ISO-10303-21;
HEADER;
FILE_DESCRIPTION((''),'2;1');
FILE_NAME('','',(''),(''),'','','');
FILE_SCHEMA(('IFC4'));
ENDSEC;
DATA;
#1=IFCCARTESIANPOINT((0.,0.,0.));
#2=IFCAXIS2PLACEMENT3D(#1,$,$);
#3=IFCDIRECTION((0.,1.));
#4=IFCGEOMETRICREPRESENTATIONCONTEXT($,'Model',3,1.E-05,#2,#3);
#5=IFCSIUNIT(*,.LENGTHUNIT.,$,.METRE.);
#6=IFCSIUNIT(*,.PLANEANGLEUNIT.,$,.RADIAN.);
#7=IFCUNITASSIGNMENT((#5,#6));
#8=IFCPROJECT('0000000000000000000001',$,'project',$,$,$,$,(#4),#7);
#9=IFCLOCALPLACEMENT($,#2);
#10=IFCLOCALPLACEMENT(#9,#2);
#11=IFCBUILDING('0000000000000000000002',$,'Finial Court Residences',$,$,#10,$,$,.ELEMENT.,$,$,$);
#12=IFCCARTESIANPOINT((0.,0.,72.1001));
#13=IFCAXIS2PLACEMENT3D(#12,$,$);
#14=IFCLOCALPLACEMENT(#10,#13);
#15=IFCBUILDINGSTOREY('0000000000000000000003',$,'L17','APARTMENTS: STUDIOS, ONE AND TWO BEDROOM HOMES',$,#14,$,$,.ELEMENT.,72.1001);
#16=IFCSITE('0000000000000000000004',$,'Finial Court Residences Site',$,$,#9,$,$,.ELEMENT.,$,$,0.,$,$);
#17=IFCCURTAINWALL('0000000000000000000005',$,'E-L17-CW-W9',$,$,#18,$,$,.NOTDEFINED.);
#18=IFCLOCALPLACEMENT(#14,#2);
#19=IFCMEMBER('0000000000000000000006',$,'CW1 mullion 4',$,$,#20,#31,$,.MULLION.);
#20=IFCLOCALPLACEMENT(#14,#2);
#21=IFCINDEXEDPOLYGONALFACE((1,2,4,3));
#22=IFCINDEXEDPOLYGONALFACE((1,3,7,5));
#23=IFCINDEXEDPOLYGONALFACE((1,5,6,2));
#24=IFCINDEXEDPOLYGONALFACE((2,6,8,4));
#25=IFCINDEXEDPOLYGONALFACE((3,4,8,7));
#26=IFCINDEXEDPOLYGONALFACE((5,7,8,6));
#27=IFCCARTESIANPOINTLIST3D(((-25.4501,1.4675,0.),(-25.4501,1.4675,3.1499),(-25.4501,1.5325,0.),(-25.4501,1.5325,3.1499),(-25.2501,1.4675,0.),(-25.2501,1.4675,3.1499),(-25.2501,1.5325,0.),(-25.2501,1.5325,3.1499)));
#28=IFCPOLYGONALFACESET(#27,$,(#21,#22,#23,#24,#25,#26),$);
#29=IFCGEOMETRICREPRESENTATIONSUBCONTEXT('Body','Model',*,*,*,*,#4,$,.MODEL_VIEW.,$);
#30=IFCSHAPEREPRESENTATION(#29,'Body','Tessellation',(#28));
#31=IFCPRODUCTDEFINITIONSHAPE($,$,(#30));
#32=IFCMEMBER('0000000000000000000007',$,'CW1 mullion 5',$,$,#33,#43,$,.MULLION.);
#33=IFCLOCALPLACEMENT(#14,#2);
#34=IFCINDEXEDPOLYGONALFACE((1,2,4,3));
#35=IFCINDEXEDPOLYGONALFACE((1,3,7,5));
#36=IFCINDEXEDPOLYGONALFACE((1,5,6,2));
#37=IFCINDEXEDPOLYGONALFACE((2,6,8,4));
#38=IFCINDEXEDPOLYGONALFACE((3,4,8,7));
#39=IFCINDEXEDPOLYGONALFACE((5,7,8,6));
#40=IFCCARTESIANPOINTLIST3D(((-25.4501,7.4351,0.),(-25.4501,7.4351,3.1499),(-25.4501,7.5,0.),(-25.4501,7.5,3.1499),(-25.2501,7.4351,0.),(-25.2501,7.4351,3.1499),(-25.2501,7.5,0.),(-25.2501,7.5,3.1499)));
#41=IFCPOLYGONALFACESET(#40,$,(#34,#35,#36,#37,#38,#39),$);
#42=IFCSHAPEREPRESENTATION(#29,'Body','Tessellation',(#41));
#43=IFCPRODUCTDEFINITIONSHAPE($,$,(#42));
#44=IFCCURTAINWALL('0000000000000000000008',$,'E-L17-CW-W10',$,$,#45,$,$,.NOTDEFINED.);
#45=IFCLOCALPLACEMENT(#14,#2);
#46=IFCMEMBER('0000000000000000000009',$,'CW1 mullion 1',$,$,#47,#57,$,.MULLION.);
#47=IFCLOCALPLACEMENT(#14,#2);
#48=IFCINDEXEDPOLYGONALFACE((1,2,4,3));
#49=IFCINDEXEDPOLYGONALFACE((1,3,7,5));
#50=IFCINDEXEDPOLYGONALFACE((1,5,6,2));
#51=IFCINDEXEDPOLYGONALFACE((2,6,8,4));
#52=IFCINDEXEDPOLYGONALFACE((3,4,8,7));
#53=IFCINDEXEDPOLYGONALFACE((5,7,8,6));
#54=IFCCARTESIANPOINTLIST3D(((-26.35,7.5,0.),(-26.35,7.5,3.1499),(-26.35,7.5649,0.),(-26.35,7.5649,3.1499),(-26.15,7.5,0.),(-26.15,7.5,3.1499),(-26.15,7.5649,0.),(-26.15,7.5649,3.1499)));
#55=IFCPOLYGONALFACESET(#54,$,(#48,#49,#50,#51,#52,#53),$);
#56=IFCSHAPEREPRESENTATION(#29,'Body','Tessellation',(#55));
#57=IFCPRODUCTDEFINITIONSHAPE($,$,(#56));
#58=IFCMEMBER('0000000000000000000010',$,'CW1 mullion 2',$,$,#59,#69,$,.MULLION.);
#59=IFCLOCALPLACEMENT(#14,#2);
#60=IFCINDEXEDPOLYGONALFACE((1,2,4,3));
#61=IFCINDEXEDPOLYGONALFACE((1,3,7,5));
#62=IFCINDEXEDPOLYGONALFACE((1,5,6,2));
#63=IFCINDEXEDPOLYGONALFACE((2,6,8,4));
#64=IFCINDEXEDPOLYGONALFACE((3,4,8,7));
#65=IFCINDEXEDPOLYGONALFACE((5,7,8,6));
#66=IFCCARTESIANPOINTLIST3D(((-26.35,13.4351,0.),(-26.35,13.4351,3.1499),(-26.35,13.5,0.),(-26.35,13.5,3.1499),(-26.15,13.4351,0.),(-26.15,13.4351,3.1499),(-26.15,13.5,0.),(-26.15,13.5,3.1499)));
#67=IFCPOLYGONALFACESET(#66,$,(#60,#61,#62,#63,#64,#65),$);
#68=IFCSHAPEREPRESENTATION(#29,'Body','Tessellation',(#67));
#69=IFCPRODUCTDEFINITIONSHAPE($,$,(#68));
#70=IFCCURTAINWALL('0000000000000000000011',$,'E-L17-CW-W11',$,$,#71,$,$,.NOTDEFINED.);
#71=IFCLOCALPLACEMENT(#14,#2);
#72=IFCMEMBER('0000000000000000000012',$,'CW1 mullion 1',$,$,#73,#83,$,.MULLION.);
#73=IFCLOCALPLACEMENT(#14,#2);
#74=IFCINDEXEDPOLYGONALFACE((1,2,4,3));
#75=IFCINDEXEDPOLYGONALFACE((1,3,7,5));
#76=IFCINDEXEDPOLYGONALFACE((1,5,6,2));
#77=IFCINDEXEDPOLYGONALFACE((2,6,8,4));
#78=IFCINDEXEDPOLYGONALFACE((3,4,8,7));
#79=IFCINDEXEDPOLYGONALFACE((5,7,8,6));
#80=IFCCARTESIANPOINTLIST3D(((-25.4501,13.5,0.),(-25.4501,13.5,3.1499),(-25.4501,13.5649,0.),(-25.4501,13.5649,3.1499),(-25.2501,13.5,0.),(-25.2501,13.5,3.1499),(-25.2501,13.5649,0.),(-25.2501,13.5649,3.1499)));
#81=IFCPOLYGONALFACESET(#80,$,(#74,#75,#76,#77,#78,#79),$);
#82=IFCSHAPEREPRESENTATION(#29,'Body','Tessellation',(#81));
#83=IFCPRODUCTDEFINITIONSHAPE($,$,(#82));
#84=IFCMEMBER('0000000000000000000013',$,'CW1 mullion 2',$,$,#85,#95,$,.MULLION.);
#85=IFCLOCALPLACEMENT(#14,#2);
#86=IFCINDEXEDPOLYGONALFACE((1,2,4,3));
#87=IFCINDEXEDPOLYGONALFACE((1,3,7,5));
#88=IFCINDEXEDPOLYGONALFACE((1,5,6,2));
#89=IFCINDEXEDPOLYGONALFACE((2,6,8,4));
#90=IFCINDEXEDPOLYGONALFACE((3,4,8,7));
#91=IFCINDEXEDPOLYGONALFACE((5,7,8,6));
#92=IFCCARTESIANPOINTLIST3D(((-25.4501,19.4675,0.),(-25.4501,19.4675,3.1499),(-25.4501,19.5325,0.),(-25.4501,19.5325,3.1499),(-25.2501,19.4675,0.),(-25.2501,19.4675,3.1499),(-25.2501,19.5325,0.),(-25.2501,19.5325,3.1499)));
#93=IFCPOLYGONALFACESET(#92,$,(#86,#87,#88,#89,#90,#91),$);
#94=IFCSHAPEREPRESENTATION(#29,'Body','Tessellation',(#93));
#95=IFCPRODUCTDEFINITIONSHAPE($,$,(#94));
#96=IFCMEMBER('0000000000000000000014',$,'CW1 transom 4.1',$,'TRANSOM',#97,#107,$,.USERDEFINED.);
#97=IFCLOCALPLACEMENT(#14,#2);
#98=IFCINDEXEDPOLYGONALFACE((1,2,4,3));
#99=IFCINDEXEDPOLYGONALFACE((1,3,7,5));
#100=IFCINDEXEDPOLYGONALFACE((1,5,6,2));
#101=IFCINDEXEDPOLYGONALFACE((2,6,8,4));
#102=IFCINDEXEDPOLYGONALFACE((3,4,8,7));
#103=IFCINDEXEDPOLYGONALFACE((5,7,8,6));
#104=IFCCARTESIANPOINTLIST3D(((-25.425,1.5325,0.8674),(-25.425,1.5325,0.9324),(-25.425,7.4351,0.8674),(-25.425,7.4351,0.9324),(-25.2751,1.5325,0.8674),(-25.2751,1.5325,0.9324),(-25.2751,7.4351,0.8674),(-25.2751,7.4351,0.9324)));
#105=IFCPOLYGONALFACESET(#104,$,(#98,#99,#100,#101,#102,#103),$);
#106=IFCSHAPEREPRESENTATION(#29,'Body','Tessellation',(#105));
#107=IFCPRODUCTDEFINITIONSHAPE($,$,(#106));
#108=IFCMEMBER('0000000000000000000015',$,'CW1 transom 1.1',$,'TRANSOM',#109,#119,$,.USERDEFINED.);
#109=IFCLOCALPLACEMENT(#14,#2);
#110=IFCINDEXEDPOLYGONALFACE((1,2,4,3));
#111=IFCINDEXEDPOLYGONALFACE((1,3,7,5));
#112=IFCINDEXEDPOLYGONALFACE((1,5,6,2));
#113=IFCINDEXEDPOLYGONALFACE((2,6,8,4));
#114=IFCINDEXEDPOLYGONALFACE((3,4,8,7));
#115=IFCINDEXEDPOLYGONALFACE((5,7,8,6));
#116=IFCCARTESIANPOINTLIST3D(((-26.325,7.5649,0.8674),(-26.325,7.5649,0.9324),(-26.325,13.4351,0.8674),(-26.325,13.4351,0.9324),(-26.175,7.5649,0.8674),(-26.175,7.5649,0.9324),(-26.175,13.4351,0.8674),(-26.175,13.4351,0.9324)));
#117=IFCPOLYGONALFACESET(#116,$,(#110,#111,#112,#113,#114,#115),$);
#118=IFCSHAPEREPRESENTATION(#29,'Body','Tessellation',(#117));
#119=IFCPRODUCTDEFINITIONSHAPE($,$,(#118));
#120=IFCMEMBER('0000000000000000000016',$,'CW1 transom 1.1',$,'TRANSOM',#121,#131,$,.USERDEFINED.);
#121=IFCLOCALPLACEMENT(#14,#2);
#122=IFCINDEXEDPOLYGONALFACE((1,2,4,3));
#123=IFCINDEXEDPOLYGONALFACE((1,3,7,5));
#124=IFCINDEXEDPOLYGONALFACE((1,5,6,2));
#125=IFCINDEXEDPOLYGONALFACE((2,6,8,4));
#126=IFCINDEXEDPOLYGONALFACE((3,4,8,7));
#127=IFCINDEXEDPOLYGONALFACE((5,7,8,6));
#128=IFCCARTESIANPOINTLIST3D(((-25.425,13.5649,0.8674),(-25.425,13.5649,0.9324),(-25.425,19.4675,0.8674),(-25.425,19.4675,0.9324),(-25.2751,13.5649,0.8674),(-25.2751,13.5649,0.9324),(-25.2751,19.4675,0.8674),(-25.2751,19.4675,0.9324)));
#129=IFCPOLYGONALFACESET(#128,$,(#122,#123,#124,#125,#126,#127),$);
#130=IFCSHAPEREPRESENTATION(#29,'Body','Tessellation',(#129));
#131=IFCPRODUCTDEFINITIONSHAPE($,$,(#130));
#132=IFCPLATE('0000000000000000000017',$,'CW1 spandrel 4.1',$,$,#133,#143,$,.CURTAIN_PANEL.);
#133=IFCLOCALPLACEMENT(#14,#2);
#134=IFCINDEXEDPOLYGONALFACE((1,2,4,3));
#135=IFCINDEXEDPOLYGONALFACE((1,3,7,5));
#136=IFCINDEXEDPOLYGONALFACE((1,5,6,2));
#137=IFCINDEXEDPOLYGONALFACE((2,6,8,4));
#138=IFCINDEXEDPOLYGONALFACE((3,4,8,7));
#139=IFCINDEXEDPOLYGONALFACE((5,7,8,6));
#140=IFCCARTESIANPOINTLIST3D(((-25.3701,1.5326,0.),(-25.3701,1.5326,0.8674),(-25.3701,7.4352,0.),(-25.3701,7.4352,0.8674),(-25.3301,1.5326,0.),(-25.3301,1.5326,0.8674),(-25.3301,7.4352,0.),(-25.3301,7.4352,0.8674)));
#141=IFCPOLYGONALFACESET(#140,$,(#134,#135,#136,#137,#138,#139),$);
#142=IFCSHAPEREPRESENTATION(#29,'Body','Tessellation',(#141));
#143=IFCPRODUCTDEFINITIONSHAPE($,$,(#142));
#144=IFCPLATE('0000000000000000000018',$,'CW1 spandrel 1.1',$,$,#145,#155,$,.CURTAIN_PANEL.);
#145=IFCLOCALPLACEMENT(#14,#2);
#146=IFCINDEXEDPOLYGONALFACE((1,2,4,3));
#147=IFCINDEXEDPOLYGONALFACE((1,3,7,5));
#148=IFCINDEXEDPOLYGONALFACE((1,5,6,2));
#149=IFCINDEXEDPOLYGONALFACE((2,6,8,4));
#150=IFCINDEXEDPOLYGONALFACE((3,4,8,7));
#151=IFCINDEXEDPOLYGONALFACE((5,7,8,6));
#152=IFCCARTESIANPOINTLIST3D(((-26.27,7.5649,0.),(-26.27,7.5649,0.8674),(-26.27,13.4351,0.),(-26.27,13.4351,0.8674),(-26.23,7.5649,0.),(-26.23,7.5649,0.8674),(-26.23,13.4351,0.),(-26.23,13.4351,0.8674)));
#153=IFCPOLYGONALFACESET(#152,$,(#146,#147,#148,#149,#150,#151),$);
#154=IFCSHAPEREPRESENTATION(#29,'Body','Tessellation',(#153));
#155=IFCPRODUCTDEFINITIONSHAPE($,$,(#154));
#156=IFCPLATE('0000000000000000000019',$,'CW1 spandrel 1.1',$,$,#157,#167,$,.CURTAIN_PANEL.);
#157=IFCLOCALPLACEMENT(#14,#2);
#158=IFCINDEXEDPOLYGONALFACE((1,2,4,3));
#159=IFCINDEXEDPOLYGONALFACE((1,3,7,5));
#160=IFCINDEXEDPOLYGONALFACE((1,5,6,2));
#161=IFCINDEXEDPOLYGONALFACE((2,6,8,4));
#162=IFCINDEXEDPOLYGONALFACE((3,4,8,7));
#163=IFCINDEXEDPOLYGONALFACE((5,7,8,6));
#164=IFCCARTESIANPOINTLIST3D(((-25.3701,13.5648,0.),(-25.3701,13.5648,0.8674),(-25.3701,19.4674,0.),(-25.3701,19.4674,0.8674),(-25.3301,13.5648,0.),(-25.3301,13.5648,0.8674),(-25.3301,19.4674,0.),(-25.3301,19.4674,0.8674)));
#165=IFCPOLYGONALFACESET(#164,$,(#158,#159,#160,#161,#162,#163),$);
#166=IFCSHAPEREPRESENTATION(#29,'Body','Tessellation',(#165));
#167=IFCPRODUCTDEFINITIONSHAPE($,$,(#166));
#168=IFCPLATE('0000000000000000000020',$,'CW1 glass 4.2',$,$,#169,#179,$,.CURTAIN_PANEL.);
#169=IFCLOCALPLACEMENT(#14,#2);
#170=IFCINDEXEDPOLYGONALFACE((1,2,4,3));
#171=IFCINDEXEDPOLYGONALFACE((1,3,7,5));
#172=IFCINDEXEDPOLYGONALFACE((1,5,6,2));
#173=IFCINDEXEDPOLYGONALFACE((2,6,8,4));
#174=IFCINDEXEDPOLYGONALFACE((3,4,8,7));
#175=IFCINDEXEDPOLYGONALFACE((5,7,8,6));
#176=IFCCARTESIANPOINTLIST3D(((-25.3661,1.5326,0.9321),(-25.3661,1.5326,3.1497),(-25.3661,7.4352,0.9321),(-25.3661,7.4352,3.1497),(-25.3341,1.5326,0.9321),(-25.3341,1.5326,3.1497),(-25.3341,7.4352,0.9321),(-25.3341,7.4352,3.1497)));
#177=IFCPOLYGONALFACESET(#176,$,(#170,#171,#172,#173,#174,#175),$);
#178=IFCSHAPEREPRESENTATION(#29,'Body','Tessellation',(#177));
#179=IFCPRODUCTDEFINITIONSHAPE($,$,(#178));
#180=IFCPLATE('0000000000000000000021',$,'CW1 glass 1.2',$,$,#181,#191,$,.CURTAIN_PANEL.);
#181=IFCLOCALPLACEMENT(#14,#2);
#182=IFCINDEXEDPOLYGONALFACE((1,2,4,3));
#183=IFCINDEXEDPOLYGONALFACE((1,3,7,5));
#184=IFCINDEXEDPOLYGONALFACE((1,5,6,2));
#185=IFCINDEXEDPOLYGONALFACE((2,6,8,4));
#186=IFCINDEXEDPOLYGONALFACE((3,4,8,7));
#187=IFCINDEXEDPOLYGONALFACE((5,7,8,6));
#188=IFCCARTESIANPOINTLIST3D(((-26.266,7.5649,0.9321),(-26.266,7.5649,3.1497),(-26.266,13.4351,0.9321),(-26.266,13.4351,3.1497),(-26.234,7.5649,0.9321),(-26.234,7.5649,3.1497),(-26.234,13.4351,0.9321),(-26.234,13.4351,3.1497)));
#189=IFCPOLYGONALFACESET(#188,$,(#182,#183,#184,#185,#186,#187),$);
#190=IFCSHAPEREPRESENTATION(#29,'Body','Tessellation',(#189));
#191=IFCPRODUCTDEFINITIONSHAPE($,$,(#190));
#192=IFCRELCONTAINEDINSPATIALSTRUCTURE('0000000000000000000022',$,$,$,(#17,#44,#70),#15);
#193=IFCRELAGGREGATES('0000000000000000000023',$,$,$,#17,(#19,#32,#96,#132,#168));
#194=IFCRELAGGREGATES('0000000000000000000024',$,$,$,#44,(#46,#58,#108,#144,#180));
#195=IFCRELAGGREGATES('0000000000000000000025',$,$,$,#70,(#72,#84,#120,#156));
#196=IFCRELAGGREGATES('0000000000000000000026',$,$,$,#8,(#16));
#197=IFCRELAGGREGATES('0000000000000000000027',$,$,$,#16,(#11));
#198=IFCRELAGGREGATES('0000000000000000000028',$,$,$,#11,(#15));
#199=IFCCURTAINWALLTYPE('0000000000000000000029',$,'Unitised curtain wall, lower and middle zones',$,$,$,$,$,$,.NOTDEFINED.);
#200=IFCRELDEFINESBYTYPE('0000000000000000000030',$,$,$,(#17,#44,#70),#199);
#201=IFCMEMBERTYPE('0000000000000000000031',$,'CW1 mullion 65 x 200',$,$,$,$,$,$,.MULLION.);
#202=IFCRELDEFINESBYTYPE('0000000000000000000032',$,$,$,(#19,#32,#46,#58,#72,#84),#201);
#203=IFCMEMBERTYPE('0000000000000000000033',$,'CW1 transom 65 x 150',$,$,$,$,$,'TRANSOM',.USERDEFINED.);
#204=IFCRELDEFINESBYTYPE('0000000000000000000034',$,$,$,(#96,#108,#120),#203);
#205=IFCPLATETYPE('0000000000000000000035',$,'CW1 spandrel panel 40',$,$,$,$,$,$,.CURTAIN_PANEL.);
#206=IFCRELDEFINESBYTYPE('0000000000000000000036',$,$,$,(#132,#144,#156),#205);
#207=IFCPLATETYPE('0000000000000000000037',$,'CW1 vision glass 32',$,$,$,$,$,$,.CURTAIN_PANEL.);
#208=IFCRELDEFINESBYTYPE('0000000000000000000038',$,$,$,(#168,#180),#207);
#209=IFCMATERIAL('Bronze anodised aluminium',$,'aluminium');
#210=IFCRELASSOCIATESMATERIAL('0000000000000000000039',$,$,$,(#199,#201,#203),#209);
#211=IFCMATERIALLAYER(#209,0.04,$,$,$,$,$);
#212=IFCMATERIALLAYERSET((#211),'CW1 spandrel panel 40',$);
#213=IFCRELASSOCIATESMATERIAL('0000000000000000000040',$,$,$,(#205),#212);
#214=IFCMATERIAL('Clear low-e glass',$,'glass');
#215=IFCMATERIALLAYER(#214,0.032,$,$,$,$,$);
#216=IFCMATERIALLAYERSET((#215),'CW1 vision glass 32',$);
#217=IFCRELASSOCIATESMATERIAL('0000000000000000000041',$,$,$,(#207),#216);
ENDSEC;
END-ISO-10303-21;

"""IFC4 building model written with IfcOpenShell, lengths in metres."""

from ifc_helpers import new_model, si_unit, direction, frame, origin, origin_2d, place, context, subcontext, project, spatial, rectangle, extrude, material, layer, layer_set, material_profile, profile_set, type_object, element, aggregate, save


model = new_model("IFC4")

# Units and contexts
model_context = context("Model", 3, precision=1e-05, world=origin(), true_north=direction((0.0, 1.0)))
body_context = subcontext(model_context, "Body", "Model", "MODEL_VIEW")
ifc_project = project(units=[si_unit("LENGTHUNIT", "METRE"), si_unit("PLANEANGLEUNIT", "RADIAN")], contexts=[model_context])

# Site, building, storey
site_placement = place(None, origin())
site = spatial("IfcSite", under=ifc_project, at=site_placement, Name="Finial Court Residences Site", CompositionType="ELEMENT", RefElevation=0.0)
building_placement = place(site_placement, origin())
building = spatial("IfcBuilding", under=site, at=building_placement, Name="Finial Court Residences", CompositionType="ELEMENT")
storey_placement = place(building_placement, frame((0.0, 0.0, 72.1001)))
storey = spatial("IfcBuildingStorey", under=building, at=storey_placement, Name="L17", Description="APARTMENTS: STUDIOS, ONE AND TWO BEDROOM HOMES", CompositionType="ELEMENT", Elevation=72.1001)

# Curtain walls, members
ifc_material_1 = material(Name="Bronze anodised aluminium", Category="aluminium")
curtain_wall_type = type_object("IfcCurtainWallType", Name="Unitised curtain wall, lower and middle zones", PredefinedType="NOTDEFINED", material=ifc_material_1)
curtain_wall_1_placement = place(storey_placement, origin())
curtain_wall_1 = element("IfcCurtainWall", 1, at=curtain_wall_1_placement, inside=storey, type_object=curtain_wall_type, Name="E-L17-CW-W9", PredefinedType="NOTDEFINED")
ifc_material_profile_1 = material_profile(ifc_material_1, rectangle(XDim=0.2, YDim=0.0649, at=origin_2d()), Name="CW1 mullion 65 x 200")
ifc_profile_set_1 = profile_set([ifc_material_profile_1], Name="Bronze anodised aluminium")
member_type_1 = type_object("IfcMemberType", Name="CW1 mullion 65 x 200", PredefinedType="MULLION", material=ifc_profile_set_1)
member_1_placement = place(storey_placement, frame((-25.3501, 1.5, 0.0), z_axis=(0.0, 0.0, 1.0), x_axis=(-1.0, 0.0, 0.0)))
member_1 = element("IfcMember", 2, at=member_1_placement, type_object=member_type_1, Name="CW1 mullion 4", PredefinedType="MULLION", context=body_context, shape_type="SweptSolid", body=[
    extrude(rectangle(XDim=0.2, YDim=0.0649, at=origin_2d()), origin(), (0.0, 0.0, 1.0), 3.1499),
])
member_2_placement = place(storey_placement, frame((-25.3501, 7.4675, 0.0), z_axis=(0.0, 0.0, 1.0), x_axis=(-1.0, 0.0, 0.0)))
member_2 = element("IfcMember", 3, at=member_2_placement, type_object=member_type_1, Name="CW1 mullion 5", PredefinedType="MULLION", context=body_context, shape_type="SweptSolid", body=[
    extrude(rectangle(XDim=0.2, YDim=0.0649, at=origin_2d()), origin(), (0.0, 0.0, 1.0), 3.1499),
])
curtain_wall_2_placement = place(storey_placement, origin())
curtain_wall_2 = element("IfcCurtainWall", 4, at=curtain_wall_2_placement, inside=storey, type_object=curtain_wall_type, Name="E-L17-CW-W10", PredefinedType="NOTDEFINED")
member_3_placement = place(storey_placement, frame((-26.25, 7.5325, 0.0), z_axis=(0.0, 0.0, 1.0), x_axis=(-1.0, 0.0, 0.0)))
member_3 = element("IfcMember", 5, at=member_3_placement, type_object=member_type_1, Name="CW1 mullion 1", PredefinedType="MULLION", context=body_context, shape_type="SweptSolid", body=[
    extrude(rectangle(XDim=0.2, YDim=0.0649, at=origin_2d()), origin(), (0.0, 0.0, 1.0), 3.1499),
])
member_4_placement = place(storey_placement, frame((-26.25, 13.4675, 0.0), z_axis=(0.0, 0.0, 1.0), x_axis=(-1.0, 0.0, 0.0)))
member_4 = element("IfcMember", 6, at=member_4_placement, type_object=member_type_1, Name="CW1 mullion 2", PredefinedType="MULLION", context=body_context, shape_type="SweptSolid", body=[
    extrude(rectangle(XDim=0.2, YDim=0.0649, at=origin_2d()), origin(), (0.0, 0.0, 1.0), 3.1499),
])
curtain_wall_3_placement = place(storey_placement, origin())
curtain_wall_3 = element("IfcCurtainWall", 7, at=curtain_wall_3_placement, inside=storey, type_object=curtain_wall_type, Name="E-L17-CW-W11", PredefinedType="NOTDEFINED")
member_5_placement = place(storey_placement, frame((-25.3501, 13.5325, 0.0), z_axis=(0.0, 0.0, 1.0), x_axis=(-1.0, 0.0, 0.0)))
member_5 = element("IfcMember", 8, at=member_5_placement, type_object=member_type_1, Name="CW1 mullion 1", PredefinedType="MULLION", context=body_context, shape_type="SweptSolid", body=[
    extrude(rectangle(XDim=0.2, YDim=0.0649, at=origin_2d()), origin(), (0.0, 0.0, 1.0), 3.1499),
])
member_6_placement = place(storey_placement, frame((-25.3501, 19.5, 0.0), z_axis=(0.0, 0.0, 1.0), x_axis=(-1.0, 0.0, 0.0)))
member_6 = element("IfcMember", 9, at=member_6_placement, type_object=member_type_1, Name="CW1 mullion 2", PredefinedType="MULLION", context=body_context, shape_type="SweptSolid", body=[
    extrude(rectangle(XDim=0.2, YDim=0.0649, at=origin_2d()), origin(), (0.0, 0.0, 1.0), 3.1499),
])

# Members
ifc_material_profile_2 = material_profile(ifc_material_1, rectangle(XDim=0.1499, YDim=0.0649, at=origin_2d()), Name="CW1 transom 65 x 150")
ifc_profile_set_2 = profile_set([ifc_material_profile_2], Name="Bronze anodised aluminium")
member_type_2 = type_object("IfcMemberType", Name="CW1 transom 65 x 150", ElementType="TRANSOM", PredefinedType="USERDEFINED", material=ifc_profile_set_2)
member_7_placement = place(storey_placement, frame((-25.3501, 1.5325, 0.8999), z_axis=(0.0, 1.0, 0.0), x_axis=(-1.0, 0.0, 0.0)))
member_7 = element("IfcMember", 10, at=member_7_placement, type_object=member_type_2, Name="CW1 transom 4.1", ObjectType="TRANSOM", PredefinedType="USERDEFINED", context=body_context, shape_type="SweptSolid", body=[
    extrude(rectangle(XDim=0.1499, YDim=0.0649, at=origin_2d()), origin(), (0.0, 0.0, 1.0), 5.9026),
])
member_8_placement = place(storey_placement, frame((-26.25, 7.5649, 0.8999), z_axis=(0.0, 1.0, 0.0), x_axis=(-1.0, 0.0, 0.0)))
member_8 = element("IfcMember", 11, at=member_8_placement, type_object=member_type_2, Name="CW1 transom 1.1", ObjectType="TRANSOM", PredefinedType="USERDEFINED", context=body_context, shape_type="SweptSolid", body=[
    extrude(rectangle(XDim=0.1499, YDim=0.0649, at=origin_2d()), origin(), (0.0, 0.0, 1.0), 5.8701),
])
member_9_placement = place(storey_placement, frame((-25.3501, 13.5649, 0.8999), z_axis=(0.0, 1.0, 0.0), x_axis=(-1.0, 0.0, 0.0)))
member_9 = element("IfcMember", 12, at=member_9_placement, type_object=member_type_2, Name="CW1 transom 1.1", ObjectType="TRANSOM", PredefinedType="USERDEFINED", context=body_context, shape_type="SweptSolid", body=[
    extrude(rectangle(XDim=0.1499, YDim=0.0649, at=origin_2d()), origin(), (0.0, 0.0, 1.0), 5.9026),
])

# Plates
ifc_layer_1 = layer(ifc_material_1, 0.04)
ifc_layer_set_1 = layer_set([ifc_layer_1], Name="CW1 spandrel panel 40")
plate_type_1 = type_object("IfcPlateType", Name="CW1 spandrel panel 40", PredefinedType="CURTAIN_PANEL", material=ifc_layer_set_1)
plate_1_placement = place(storey_placement, frame((-25.3501, 4.4839, 0.0), z_axis=(0.0, 0.0, 1.0), x_axis=(0.0, 1.0, 0.0)))
plate_1 = element("IfcPlate", 13, at=plate_1_placement, type_object=plate_type_1, Name="CW1 spandrel 4.1", PredefinedType="CURTAIN_PANEL", context=body_context, shape_type="SweptSolid", body=[
    extrude(rectangle(XDim=5.9026, YDim=0.04, at=origin_2d()), origin(), (0.0, 0.0, 1.0), 0.8674),
])
plate_2_placement = place(storey_placement, frame((-26.25, 10.5, 0.0), z_axis=(0.0, 0.0, 1.0), x_axis=(0.0, 1.0, 0.0)))
plate_2 = element("IfcPlate", 14, at=plate_2_placement, type_object=plate_type_1, Name="CW1 spandrel 1.1", PredefinedType="CURTAIN_PANEL", context=body_context, shape_type="SweptSolid", body=[
    extrude(rectangle(XDim=5.8701, YDim=0.04, at=origin_2d()), origin(), (0.0, 0.0, 1.0), 0.8674),
])
plate_3_placement = place(storey_placement, frame((-25.3501, 16.5161, 0.0), z_axis=(0.0, 0.0, 1.0), x_axis=(0.0, 1.0, 0.0)))
plate_3 = element("IfcPlate", 15, at=plate_3_placement, type_object=plate_type_1, Name="CW1 spandrel 1.1", PredefinedType="CURTAIN_PANEL", context=body_context, shape_type="SweptSolid", body=[
    extrude(rectangle(XDim=5.9026, YDim=0.04, at=origin_2d()), origin(), (0.0, 0.0, 1.0), 0.8674),
])
ifc_material_2 = material(Name="Clear low-e glass", Category="glass")
ifc_layer_2 = layer(ifc_material_2, 0.032)
ifc_layer_set_2 = layer_set([ifc_layer_2], Name="CW1 vision glass 32")
plate_type_2 = type_object("IfcPlateType", Name="CW1 vision glass 32", PredefinedType="CURTAIN_PANEL", material=ifc_layer_set_2)
plate_4_placement = place(storey_placement, frame((-25.3501, 4.4839, 0.9321), z_axis=(0.0, 0.0, 1.0), x_axis=(0.0, 1.0, 0.0)))
plate_4 = element("IfcPlate", 16, at=plate_4_placement, type_object=plate_type_2, Name="CW1 glass 4.2", PredefinedType="CURTAIN_PANEL", context=body_context, shape_type="SweptSolid", body=[
    extrude(rectangle(XDim=5.9026, YDim=0.032, at=origin_2d()), origin(), (0.0, 0.0, 1.0), 2.2175),
])
aggregate(curtain_wall_1, [member_1, member_2, member_7, plate_1, plate_4])
plate_5_placement = place(storey_placement, frame((-26.25, 10.5, 0.9321), z_axis=(0.0, 0.0, 1.0), x_axis=(0.0, 1.0, 0.0)))
plate_5 = element("IfcPlate", 17, at=plate_5_placement, type_object=plate_type_2, Name="CW1 glass 1.2", PredefinedType="CURTAIN_PANEL", context=body_context, shape_type="SweptSolid", body=[
    extrude(rectangle(XDim=5.8701, YDim=0.032, at=origin_2d()), origin(), (0.0, 0.0, 1.0), 2.2175),
])
aggregate(curtain_wall_2, [member_3, member_4, member_8, plate_2, plate_5])
aggregate(curtain_wall_3, [member_5, member_6, member_9, plate_3])

save(model, "model.ifc")
